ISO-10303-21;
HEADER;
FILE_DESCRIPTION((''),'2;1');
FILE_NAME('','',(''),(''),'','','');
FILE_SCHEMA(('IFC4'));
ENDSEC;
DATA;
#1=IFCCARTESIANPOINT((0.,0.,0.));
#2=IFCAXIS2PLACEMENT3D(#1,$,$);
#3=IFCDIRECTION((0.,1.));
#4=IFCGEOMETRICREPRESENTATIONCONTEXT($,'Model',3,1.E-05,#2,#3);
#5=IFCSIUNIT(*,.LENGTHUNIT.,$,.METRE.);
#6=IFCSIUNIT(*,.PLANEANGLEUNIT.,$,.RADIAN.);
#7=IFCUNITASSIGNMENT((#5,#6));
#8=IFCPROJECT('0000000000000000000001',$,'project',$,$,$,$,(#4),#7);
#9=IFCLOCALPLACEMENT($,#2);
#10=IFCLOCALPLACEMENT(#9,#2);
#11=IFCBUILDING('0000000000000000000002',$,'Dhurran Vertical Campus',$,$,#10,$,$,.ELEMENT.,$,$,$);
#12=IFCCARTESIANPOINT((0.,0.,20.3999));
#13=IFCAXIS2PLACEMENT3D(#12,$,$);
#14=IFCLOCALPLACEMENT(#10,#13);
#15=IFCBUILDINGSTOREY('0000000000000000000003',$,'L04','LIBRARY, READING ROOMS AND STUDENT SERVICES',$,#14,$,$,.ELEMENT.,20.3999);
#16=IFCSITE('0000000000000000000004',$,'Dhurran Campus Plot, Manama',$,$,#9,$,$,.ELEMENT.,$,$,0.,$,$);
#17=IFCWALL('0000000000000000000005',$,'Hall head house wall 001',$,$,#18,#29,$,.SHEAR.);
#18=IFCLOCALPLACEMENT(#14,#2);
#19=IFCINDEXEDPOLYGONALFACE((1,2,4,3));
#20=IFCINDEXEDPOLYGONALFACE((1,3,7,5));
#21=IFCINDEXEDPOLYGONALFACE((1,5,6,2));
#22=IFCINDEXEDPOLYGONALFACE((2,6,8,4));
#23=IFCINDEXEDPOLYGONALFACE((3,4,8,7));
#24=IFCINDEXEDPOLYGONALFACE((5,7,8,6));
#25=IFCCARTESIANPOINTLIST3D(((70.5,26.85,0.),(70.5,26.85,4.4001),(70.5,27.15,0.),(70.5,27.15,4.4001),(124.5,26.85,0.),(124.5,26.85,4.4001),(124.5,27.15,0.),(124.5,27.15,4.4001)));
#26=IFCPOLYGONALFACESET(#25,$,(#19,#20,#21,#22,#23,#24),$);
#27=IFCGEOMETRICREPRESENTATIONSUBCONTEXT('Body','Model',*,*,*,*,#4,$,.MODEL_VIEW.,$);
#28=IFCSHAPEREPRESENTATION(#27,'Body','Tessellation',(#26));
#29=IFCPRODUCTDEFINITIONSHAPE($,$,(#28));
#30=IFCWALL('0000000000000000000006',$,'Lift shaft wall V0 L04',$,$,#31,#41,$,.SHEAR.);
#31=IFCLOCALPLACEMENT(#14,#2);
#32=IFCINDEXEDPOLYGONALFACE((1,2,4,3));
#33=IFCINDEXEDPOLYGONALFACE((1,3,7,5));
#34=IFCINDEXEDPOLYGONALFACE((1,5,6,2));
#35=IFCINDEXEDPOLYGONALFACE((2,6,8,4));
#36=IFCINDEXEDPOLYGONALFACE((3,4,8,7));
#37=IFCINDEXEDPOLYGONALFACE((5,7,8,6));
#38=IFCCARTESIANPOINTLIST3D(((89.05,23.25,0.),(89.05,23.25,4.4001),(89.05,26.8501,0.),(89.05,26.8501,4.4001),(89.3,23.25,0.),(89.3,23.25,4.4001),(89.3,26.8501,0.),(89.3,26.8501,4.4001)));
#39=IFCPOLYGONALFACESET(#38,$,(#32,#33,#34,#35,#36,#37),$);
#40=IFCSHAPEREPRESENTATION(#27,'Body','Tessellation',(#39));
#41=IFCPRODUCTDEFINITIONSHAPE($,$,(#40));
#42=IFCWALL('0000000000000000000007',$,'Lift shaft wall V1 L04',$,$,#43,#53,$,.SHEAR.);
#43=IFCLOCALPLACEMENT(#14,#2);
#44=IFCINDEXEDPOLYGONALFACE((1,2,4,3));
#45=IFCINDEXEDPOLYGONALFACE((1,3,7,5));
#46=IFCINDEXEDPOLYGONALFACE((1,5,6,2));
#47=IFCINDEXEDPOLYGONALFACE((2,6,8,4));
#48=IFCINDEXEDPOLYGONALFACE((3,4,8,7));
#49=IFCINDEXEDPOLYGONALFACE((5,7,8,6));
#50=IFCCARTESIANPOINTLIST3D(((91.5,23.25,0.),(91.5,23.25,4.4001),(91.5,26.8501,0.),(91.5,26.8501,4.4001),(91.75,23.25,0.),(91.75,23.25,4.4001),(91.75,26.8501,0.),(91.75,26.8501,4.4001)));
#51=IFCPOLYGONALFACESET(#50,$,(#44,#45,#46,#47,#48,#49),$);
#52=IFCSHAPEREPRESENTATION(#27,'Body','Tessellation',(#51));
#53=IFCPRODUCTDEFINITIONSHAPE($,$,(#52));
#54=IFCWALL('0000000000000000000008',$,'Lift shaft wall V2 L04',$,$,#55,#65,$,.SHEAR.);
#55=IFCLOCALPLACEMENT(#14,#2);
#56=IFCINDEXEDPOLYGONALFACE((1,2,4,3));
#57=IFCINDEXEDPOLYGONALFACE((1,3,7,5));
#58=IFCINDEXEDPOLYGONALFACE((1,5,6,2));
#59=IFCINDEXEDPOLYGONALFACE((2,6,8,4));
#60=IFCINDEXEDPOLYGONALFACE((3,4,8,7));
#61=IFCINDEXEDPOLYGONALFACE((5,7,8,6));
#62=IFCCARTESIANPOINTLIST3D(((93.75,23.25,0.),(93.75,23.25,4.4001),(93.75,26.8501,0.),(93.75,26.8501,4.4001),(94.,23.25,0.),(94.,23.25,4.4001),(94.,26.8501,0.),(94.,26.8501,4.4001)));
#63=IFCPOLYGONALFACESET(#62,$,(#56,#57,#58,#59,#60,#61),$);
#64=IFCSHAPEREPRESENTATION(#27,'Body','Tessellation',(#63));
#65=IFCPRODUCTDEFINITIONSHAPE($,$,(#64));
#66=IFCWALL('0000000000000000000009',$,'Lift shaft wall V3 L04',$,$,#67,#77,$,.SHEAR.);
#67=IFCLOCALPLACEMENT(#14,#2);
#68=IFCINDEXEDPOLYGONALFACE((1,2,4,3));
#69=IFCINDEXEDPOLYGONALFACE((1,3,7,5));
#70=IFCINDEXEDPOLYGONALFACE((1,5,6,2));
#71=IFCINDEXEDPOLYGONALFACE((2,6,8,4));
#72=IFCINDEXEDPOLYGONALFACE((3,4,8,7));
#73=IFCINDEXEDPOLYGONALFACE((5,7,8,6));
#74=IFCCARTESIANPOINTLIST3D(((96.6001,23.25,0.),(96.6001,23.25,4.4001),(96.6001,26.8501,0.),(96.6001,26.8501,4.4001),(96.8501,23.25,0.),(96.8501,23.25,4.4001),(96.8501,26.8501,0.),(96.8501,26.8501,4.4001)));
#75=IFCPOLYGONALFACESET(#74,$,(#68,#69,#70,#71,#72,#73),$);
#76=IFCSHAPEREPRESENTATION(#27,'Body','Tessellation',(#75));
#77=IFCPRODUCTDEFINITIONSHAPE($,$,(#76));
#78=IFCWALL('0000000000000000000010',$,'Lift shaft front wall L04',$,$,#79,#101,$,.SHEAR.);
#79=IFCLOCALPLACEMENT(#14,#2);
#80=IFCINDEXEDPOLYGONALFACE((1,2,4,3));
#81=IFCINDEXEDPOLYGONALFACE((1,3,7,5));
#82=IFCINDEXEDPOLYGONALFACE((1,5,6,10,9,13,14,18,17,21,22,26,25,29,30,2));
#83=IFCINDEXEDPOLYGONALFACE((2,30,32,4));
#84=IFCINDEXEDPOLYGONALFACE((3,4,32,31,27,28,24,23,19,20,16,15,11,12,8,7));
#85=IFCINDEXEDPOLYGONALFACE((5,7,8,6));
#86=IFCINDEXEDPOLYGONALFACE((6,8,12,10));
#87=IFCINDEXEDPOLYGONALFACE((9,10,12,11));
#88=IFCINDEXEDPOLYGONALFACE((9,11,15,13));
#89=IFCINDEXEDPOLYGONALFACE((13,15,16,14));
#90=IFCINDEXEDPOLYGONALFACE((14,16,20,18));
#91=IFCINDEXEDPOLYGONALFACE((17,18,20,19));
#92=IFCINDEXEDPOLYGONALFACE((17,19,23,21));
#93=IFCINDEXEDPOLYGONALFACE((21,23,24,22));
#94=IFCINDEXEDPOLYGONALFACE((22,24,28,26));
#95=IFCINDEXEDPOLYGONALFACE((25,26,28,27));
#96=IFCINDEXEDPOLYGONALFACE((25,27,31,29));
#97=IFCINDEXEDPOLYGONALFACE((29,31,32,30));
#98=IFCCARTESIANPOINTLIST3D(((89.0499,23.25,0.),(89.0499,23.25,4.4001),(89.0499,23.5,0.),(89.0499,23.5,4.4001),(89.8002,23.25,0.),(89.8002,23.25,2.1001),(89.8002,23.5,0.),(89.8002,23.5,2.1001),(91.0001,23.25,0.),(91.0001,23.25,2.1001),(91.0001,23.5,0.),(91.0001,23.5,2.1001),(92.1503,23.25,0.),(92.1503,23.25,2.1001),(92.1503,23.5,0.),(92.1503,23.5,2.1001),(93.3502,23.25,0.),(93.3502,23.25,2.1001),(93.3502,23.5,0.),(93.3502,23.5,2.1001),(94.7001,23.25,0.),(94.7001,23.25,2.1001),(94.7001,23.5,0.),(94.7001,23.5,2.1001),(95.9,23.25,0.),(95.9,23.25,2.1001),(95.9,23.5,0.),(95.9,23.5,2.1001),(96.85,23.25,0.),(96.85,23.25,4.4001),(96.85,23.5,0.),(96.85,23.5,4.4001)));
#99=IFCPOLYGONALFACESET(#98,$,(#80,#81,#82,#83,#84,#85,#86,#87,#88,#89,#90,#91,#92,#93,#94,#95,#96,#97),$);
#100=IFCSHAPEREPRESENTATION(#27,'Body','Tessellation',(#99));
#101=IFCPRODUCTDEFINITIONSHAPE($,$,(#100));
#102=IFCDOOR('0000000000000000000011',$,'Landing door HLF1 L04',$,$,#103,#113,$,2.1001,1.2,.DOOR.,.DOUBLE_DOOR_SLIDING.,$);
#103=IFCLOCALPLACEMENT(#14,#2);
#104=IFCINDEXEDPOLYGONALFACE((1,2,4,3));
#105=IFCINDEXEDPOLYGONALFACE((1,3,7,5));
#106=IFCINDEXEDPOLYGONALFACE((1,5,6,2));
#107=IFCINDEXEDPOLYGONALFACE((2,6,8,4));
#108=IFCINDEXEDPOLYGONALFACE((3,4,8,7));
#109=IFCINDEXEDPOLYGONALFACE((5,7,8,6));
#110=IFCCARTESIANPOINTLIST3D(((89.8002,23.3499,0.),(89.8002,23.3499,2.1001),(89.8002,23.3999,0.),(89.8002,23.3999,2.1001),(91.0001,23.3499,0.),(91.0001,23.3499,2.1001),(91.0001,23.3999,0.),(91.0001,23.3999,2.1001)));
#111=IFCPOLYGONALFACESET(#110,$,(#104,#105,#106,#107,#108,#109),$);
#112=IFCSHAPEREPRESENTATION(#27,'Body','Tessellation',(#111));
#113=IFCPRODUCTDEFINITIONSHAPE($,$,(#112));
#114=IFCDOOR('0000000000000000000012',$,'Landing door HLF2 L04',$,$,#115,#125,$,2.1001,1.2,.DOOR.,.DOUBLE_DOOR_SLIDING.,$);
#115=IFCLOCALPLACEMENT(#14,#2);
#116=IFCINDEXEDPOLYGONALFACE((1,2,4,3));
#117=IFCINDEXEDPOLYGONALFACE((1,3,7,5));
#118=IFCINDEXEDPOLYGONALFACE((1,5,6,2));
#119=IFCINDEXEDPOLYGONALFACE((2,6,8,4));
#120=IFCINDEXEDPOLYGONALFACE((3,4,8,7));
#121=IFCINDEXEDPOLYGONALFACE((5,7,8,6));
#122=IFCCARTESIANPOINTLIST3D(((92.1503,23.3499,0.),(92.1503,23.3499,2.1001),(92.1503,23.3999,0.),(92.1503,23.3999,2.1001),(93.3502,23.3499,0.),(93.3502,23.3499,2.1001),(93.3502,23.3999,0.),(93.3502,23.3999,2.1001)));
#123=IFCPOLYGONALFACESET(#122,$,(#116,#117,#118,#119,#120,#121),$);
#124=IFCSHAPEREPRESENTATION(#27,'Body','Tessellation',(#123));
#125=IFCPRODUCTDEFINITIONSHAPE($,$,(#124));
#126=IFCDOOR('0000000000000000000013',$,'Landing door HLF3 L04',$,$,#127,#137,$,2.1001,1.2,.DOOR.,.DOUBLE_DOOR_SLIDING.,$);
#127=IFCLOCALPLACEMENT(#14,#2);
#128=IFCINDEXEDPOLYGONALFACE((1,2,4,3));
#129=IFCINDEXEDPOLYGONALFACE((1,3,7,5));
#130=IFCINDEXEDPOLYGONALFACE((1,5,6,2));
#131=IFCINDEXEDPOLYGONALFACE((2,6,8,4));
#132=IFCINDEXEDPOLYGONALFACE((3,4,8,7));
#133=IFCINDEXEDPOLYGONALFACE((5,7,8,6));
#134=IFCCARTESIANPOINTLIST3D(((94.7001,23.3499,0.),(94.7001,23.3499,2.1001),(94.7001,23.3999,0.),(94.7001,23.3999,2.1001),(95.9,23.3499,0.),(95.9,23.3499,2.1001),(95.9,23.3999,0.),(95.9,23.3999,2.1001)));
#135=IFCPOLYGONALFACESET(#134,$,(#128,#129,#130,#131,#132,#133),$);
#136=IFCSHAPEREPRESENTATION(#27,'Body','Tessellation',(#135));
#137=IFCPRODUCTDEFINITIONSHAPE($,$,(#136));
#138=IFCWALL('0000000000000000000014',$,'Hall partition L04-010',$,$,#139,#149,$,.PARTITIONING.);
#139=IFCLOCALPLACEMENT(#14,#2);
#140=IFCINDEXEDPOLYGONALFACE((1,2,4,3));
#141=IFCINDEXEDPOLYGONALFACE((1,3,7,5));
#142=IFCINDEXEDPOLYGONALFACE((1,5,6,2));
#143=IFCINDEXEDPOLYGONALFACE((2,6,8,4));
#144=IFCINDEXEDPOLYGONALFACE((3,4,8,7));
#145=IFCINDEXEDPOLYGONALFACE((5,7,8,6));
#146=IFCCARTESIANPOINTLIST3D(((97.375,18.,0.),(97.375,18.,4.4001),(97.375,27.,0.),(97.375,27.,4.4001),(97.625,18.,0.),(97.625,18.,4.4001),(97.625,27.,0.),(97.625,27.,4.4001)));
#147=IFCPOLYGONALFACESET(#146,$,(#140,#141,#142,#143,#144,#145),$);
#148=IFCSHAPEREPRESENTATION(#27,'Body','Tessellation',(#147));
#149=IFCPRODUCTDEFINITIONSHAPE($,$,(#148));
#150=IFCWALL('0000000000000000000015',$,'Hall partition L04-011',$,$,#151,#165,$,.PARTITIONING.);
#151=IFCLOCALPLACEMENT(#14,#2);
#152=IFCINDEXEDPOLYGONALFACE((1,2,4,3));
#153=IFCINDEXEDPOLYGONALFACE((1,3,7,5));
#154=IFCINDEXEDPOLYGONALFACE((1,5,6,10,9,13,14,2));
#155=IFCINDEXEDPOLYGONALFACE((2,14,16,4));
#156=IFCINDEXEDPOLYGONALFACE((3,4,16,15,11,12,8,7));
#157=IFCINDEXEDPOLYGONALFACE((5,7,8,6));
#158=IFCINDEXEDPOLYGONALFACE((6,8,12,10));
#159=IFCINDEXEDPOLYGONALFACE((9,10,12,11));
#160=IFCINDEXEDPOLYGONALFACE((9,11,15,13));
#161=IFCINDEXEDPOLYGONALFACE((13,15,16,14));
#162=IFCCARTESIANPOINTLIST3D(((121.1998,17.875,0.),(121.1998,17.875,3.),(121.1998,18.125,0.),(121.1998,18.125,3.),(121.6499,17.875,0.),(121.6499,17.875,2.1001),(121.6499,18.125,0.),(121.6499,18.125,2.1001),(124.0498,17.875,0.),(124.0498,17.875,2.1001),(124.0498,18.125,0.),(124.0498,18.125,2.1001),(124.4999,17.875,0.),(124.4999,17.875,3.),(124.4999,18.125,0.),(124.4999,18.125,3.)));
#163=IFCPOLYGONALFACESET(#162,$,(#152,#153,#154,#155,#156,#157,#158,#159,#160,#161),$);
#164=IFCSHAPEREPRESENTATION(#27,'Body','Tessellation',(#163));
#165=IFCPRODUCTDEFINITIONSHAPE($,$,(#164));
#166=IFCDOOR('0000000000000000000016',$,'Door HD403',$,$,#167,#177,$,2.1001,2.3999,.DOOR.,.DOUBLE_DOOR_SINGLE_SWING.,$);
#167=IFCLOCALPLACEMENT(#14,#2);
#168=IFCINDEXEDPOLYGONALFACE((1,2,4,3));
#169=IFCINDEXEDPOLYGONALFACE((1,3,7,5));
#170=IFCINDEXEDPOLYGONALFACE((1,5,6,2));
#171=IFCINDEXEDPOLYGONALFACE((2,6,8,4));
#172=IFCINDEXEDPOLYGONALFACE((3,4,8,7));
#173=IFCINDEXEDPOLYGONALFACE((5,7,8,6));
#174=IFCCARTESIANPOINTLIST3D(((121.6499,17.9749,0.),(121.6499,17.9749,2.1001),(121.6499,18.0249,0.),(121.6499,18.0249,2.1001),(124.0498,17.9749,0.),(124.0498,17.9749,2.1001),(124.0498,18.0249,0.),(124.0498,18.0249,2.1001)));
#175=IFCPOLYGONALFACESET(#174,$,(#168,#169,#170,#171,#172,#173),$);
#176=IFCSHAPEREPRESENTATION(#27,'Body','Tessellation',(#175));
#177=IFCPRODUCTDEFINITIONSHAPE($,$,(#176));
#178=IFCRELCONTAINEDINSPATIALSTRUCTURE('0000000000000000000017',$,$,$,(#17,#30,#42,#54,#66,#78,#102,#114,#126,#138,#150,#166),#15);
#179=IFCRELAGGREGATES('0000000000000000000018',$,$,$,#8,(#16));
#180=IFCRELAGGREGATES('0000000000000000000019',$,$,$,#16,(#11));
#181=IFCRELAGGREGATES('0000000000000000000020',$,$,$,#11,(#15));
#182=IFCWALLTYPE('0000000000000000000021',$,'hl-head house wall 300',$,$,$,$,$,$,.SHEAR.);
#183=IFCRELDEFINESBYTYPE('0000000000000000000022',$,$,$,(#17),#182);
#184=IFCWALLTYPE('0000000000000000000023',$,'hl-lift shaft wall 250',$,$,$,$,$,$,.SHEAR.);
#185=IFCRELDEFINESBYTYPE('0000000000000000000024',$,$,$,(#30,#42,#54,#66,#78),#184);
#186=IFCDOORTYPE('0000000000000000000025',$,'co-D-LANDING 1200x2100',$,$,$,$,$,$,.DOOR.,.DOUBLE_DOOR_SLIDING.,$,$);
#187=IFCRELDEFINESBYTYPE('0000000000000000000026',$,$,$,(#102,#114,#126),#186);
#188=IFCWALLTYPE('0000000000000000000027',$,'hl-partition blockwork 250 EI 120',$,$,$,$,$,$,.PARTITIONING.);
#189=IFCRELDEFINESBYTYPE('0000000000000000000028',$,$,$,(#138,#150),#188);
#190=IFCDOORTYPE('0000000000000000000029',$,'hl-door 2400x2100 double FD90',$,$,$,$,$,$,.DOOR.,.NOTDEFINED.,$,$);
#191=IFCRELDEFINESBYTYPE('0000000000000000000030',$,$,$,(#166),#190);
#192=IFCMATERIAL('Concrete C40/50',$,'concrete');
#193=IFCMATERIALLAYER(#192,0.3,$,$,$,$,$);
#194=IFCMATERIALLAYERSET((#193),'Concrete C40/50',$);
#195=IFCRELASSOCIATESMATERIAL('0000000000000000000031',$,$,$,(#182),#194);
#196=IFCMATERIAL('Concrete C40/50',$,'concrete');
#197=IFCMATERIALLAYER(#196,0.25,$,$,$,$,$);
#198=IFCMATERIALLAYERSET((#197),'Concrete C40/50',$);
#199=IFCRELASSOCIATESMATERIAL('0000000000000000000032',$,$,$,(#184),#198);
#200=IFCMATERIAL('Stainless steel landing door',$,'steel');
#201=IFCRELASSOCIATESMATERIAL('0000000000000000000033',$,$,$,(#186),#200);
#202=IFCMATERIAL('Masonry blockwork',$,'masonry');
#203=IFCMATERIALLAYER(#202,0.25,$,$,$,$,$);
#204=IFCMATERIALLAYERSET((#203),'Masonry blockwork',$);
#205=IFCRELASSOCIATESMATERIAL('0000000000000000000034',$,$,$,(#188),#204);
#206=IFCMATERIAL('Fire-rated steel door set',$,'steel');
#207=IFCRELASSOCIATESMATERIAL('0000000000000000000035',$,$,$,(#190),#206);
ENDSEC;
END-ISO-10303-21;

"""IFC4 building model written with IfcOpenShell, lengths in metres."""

from ifc_helpers import new_model, si_unit, direction, frame, frame_2d, origin, place, context, subcontext, project, spatial, rectangle, extrude, material, layer, layer_set, type_object, element, fill, save


model = new_model("IFC4")

# Units and contexts
model_context = context("Model", 3, precision=1e-05, world=origin(), true_north=direction((0.0, 1.0)))
body_context = subcontext(model_context, "Body", "Model", "MODEL_VIEW")
ifc_project = project(units=[si_unit("LENGTHUNIT", "METRE"), si_unit("PLANEANGLEUNIT", "RADIAN")], contexts=[model_context])

# Site, building, storey
site_placement = place(None, origin())
site = spatial("IfcSite", under=ifc_project, at=site_placement, Name="Dhurran Campus Plot, Manama", CompositionType="ELEMENT", RefElevation=0.0)
building_placement = place(site_placement, origin())
building = spatial("IfcBuilding", under=site, at=building_placement, Name="Dhurran Vertical Campus", CompositionType="ELEMENT")
storey_placement = place(building_placement, frame((0.0, 0.0, 20.3999)))
storey = spatial("IfcBuildingStorey", under=building, at=storey_placement, Name="L04", Description="LIBRARY, READING ROOMS AND STUDENT SERVICES", CompositionType="ELEMENT", Elevation=20.3999)

# Walls
ifc_material_1 = material(Name="Concrete C40/50", Category="concrete")
ifc_layer_1 = layer(ifc_material_1, 0.3)
ifc_layer_set_1 = layer_set([ifc_layer_1], Name="Concrete C40/50")
wall_type_1 = type_object("IfcWallType", Name="hl-head house wall 300", PredefinedType="SHEAR", material=ifc_layer_set_1)
wall_1_placement = place(storey_placement, frame((124.5, 27.0, 0.0), z_axis=(0.0, 0.0, 1.0), x_axis=(-1.0, 0.0, 0.0)))
element("IfcWall", 1, at=wall_1_placement, inside=storey, type_object=wall_type_1, Name="Hall head house wall 001", PredefinedType="SHEAR", context=body_context, shape_type="SweptSolid", body=[
    extrude(rectangle(XDim=54.0, YDim=0.3, at=frame_2d((27.0, 0.0))), origin(), (0.0, 0.0, 1.0), 4.4001),
])
ifc_material_2 = material(Name="Concrete C40/50", Category="concrete")
ifc_layer_2 = layer(ifc_material_2, 0.25)
ifc_layer_set_2 = layer_set([ifc_layer_2], Name="Concrete C40/50")
wall_type_2 = type_object("IfcWallType", Name="hl-lift shaft wall 250", PredefinedType="SHEAR", material=ifc_layer_set_2)
for number, where, z_axis, x_axis, name in (
    (2, (89.175, 23.25, 0.0), (0.0, 0.0, 1.0), (0.0, 1.0, 0.0), "Lift shaft wall V0 L04"),
    (3, (91.625, 23.25, 0.0), (0.0, 0.0, 1.0), (0.0, 1.0, 0.0), "Lift shaft wall V1 L04"),
    (4, (93.875, 23.25, 0.0), (0.0, 0.0, 1.0), (0.0, 1.0, 0.0), "Lift shaft wall V2 L04"),
    (5, (96.7251, 23.25, 0.0), (0.0, 0.0, 1.0), (0.0, 1.0, 0.0), "Lift shaft wall V3 L04"),
):
    element("IfcWall", number, at=place(storey_placement, frame(where, z_axis=z_axis, x_axis=x_axis)), inside=storey, type_object=wall_type_2, Name=name, PredefinedType="SHEAR", context=body_context, shape_type="SweptSolid", body=[
        extrude(rectangle(XDim=3.6001, YDim=0.25, at=frame_2d((1.8, 0.0))), origin(), (0.0, 0.0, 1.0), 4.4001),
    ])

# Wall, openings, doors
wall_2_placement = place(storey_placement, frame((89.05, 23.375, 0.0), z_axis=(0.0, 0.0, 1.0), x_axis=(1.0, 0.0, 0.0)))
wall_2 = element("IfcWall", 6, at=wall_2_placement, inside=storey, type_object=wall_type_2, Name="Lift shaft front wall L04", PredefinedType="SHEAR", context=body_context, shape_type="SweptSolid", body=[
    extrude(rectangle(XDim=7.8, YDim=0.25, at=frame_2d((3.8999, 0.0))), origin(), (0.0, 0.0, 1.0), 4.4001),
])
opening_1_placement = place(wall_2_placement, frame((0.75, 0.0, 0.0)))
opening_1 = element("IfcOpeningElement", 7, at=opening_1_placement, cuts=wall_2, PredefinedType="OPENING", context=body_context, shape_type="SweptSolid", body=[
    extrude(rectangle(XDim=1.2, YDim=2.1001, at=frame_2d((0.6001, 1.05))), frame((0.0, 0.135, 0.0), z_axis=(0.0, -1.0, 0.0), x_axis=(1.0, 0.0, 0.0)), (0.0, 0.0, 1.0), 0.27),
])
opening_2_placement = place(wall_2_placement, frame((3.1001, 0.0, 0.0)))
opening_2 = element("IfcOpeningElement", 8, at=opening_2_placement, cuts=wall_2, PredefinedType="OPENING", context=body_context, shape_type="SweptSolid", body=[
    extrude(rectangle(XDim=1.2, YDim=2.1001, at=frame_2d((0.6001, 1.05))), frame((0.0, 0.135, 0.0), z_axis=(0.0, -1.0, 0.0), x_axis=(1.0, 0.0, 0.0)), (0.0, 0.0, 1.0), 0.27),
])
opening_3_placement = place(wall_2_placement, frame((5.6499, 0.0, 0.0)))
opening_3 = element("IfcOpeningElement", 9, at=opening_3_placement, cuts=wall_2, PredefinedType="OPENING", context=body_context, shape_type="SweptSolid", body=[
    extrude(rectangle(XDim=1.2, YDim=2.1001, at=frame_2d((0.6001, 1.05))), frame((0.0, 0.135, 0.0), z_axis=(0.0, -1.0, 0.0), x_axis=(1.0, 0.0, 0.0)), (0.0, 0.0, 1.0), 0.27),
])
ifc_material_3 = material(Name="Stainless steel landing door", Category="steel")
door_type_1 = type_object("IfcDoorType", Name="co-D-LANDING 1200x2100", OperationType="DOUBLE_DOOR_SLIDING", PredefinedType="DOOR", material=ifc_material_3)
door_1_placement = place(opening_1_placement, origin())
door_1 = element("IfcDoor", 10, at=door_1_placement, inside=storey, type_object=door_type_1, Name="Landing door HLF1 L04", OperationType="DOUBLE_DOOR_SLIDING", OverallHeight=2.1001, OverallWidth=1.2, PredefinedType="DOOR", context=body_context, shape_type="SweptSolid", body=[
    extrude(rectangle(XDim=1.2, YDim=2.1001, at=frame_2d((0.6001, 1.05))), frame((0.0, 0.0249, 0.0), z_axis=(0.0, -1.0, 0.0), x_axis=(1.0, 0.0, 0.0)), (0.0, 0.0, 1.0), 0.05),
])
fill(opening_1, door_1)
door_2_placement = place(opening_2_placement, origin())
door_2 = element("IfcDoor", 11, at=door_2_placement, inside=storey, type_object=door_type_1, Name="Landing door HLF2 L04", OperationType="DOUBLE_DOOR_SLIDING", OverallHeight=2.1001, OverallWidth=1.2, PredefinedType="DOOR", context=body_context, shape_type="SweptSolid", body=[
    extrude(rectangle(XDim=1.2, YDim=2.1001, at=frame_2d((0.6001, 1.05))), frame((0.0, 0.0249, 0.0), z_axis=(0.0, -1.0, 0.0), x_axis=(1.0, 0.0, 0.0)), (0.0, 0.0, 1.0), 0.05),
])
fill(opening_2, door_2)
door_3_placement = place(opening_3_placement, origin())
door_3 = element("IfcDoor", 12, at=door_3_placement, inside=storey, type_object=door_type_1, Name="Landing door HLF3 L04", OperationType="DOUBLE_DOOR_SLIDING", OverallHeight=2.1001, OverallWidth=1.2, PredefinedType="DOOR", context=body_context, shape_type="SweptSolid", body=[
    extrude(rectangle(XDim=1.2, YDim=2.1001, at=frame_2d((0.6001, 1.05))), frame((0.0, 0.0249, 0.0), z_axis=(0.0, -1.0, 0.0), x_axis=(1.0, 0.0, 0.0)), (0.0, 0.0, 1.0), 0.05),
])
fill(opening_3, door_3)

# Wall
ifc_material_4 = material(Name="Masonry blockwork", Category="masonry")
ifc_layer_3 = layer(ifc_material_4, 0.25)
ifc_layer_set_3 = layer_set([ifc_layer_3], Name="Masonry blockwork")
wall_type_3 = type_object("IfcWallType", Name="hl-partition blockwork 250 EI 120", PredefinedType="PARTITIONING", material=ifc_layer_set_3)
wall_3_placement = place(storey_placement, frame((97.5, 18.0, 0.0), z_axis=(0.0, 0.0, 1.0), x_axis=(0.0, 1.0, 0.0)))
element("IfcWall", 13, at=wall_3_placement, inside=storey, type_object=wall_type_3, Name="Hall partition L04-010", PredefinedType="PARTITIONING", context=body_context, shape_type="SweptSolid", body=[
    extrude(rectangle(XDim=9.0, YDim=0.25, at=frame_2d((4.5, 0.0))), origin(), (0.0, 0.0, 1.0), 4.4001),
])

# Wall, opening, door
wall_4_placement = place(storey_placement, frame((121.2, 18.0, 0.0), z_axis=(0.0, 0.0, 1.0), x_axis=(1.0, 0.0, 0.0)))
wall_4 = element("IfcWall", 14, at=wall_4_placement, inside=storey, type_object=wall_type_3, Name="Hall partition L04-011", PredefinedType="PARTITIONING", context=body_context, shape_type="SweptSolid", body=[
    extrude(rectangle(XDim=3.3, YDim=0.25, at=frame_2d((1.6499, 0.0))), origin(), (0.0, 0.0, 1.0), 3.0),
])
opening_4_placement = place(wall_4_placement, frame((0.45, 0.0, 0.0)))
opening_4 = element("IfcOpeningElement", 15, at=opening_4_placement, cuts=wall_4, PredefinedType="OPENING", context=body_context, shape_type="SweptSolid", body=[
    extrude(rectangle(XDim=2.3999, YDim=2.1001, at=frame_2d((1.2, 1.05))), frame((0.0, 0.135, 0.0), z_axis=(0.0, -1.0, 0.0), x_axis=(1.0, 0.0, 0.0)), (0.0, 0.0, 1.0), 0.27),
])
ifc_material_5 = material(Name="Fire-rated steel door set", Category="steel")
door_type_2 = type_object("IfcDoorType", Name="hl-door 2400x2100 double FD90", OperationType="NOTDEFINED", PredefinedType="DOOR", material=ifc_material_5)
door_4_placement = place(opening_4_placement, origin())
door_4 = element("IfcDoor", 16, at=door_4_placement, inside=storey, type_object=door_type_2, Name="Door HD403", OperationType="DOUBLE_DOOR_SINGLE_SWING", OverallHeight=2.1001, OverallWidth=2.3999, PredefinedType="DOOR", context=body_context, shape_type="SweptSolid", body=[
    extrude(rectangle(XDim=2.3999, YDim=2.1001, at=frame_2d((1.2, 1.05))), frame((0.0, 0.0249, 0.0), z_axis=(0.0, -1.0, 0.0), x_axis=(1.0, 0.0, 0.0)), (0.0, 0.0, 1.0), 0.05),
])
fill(opening_4, door_4)

save(model, "model.ifc")
